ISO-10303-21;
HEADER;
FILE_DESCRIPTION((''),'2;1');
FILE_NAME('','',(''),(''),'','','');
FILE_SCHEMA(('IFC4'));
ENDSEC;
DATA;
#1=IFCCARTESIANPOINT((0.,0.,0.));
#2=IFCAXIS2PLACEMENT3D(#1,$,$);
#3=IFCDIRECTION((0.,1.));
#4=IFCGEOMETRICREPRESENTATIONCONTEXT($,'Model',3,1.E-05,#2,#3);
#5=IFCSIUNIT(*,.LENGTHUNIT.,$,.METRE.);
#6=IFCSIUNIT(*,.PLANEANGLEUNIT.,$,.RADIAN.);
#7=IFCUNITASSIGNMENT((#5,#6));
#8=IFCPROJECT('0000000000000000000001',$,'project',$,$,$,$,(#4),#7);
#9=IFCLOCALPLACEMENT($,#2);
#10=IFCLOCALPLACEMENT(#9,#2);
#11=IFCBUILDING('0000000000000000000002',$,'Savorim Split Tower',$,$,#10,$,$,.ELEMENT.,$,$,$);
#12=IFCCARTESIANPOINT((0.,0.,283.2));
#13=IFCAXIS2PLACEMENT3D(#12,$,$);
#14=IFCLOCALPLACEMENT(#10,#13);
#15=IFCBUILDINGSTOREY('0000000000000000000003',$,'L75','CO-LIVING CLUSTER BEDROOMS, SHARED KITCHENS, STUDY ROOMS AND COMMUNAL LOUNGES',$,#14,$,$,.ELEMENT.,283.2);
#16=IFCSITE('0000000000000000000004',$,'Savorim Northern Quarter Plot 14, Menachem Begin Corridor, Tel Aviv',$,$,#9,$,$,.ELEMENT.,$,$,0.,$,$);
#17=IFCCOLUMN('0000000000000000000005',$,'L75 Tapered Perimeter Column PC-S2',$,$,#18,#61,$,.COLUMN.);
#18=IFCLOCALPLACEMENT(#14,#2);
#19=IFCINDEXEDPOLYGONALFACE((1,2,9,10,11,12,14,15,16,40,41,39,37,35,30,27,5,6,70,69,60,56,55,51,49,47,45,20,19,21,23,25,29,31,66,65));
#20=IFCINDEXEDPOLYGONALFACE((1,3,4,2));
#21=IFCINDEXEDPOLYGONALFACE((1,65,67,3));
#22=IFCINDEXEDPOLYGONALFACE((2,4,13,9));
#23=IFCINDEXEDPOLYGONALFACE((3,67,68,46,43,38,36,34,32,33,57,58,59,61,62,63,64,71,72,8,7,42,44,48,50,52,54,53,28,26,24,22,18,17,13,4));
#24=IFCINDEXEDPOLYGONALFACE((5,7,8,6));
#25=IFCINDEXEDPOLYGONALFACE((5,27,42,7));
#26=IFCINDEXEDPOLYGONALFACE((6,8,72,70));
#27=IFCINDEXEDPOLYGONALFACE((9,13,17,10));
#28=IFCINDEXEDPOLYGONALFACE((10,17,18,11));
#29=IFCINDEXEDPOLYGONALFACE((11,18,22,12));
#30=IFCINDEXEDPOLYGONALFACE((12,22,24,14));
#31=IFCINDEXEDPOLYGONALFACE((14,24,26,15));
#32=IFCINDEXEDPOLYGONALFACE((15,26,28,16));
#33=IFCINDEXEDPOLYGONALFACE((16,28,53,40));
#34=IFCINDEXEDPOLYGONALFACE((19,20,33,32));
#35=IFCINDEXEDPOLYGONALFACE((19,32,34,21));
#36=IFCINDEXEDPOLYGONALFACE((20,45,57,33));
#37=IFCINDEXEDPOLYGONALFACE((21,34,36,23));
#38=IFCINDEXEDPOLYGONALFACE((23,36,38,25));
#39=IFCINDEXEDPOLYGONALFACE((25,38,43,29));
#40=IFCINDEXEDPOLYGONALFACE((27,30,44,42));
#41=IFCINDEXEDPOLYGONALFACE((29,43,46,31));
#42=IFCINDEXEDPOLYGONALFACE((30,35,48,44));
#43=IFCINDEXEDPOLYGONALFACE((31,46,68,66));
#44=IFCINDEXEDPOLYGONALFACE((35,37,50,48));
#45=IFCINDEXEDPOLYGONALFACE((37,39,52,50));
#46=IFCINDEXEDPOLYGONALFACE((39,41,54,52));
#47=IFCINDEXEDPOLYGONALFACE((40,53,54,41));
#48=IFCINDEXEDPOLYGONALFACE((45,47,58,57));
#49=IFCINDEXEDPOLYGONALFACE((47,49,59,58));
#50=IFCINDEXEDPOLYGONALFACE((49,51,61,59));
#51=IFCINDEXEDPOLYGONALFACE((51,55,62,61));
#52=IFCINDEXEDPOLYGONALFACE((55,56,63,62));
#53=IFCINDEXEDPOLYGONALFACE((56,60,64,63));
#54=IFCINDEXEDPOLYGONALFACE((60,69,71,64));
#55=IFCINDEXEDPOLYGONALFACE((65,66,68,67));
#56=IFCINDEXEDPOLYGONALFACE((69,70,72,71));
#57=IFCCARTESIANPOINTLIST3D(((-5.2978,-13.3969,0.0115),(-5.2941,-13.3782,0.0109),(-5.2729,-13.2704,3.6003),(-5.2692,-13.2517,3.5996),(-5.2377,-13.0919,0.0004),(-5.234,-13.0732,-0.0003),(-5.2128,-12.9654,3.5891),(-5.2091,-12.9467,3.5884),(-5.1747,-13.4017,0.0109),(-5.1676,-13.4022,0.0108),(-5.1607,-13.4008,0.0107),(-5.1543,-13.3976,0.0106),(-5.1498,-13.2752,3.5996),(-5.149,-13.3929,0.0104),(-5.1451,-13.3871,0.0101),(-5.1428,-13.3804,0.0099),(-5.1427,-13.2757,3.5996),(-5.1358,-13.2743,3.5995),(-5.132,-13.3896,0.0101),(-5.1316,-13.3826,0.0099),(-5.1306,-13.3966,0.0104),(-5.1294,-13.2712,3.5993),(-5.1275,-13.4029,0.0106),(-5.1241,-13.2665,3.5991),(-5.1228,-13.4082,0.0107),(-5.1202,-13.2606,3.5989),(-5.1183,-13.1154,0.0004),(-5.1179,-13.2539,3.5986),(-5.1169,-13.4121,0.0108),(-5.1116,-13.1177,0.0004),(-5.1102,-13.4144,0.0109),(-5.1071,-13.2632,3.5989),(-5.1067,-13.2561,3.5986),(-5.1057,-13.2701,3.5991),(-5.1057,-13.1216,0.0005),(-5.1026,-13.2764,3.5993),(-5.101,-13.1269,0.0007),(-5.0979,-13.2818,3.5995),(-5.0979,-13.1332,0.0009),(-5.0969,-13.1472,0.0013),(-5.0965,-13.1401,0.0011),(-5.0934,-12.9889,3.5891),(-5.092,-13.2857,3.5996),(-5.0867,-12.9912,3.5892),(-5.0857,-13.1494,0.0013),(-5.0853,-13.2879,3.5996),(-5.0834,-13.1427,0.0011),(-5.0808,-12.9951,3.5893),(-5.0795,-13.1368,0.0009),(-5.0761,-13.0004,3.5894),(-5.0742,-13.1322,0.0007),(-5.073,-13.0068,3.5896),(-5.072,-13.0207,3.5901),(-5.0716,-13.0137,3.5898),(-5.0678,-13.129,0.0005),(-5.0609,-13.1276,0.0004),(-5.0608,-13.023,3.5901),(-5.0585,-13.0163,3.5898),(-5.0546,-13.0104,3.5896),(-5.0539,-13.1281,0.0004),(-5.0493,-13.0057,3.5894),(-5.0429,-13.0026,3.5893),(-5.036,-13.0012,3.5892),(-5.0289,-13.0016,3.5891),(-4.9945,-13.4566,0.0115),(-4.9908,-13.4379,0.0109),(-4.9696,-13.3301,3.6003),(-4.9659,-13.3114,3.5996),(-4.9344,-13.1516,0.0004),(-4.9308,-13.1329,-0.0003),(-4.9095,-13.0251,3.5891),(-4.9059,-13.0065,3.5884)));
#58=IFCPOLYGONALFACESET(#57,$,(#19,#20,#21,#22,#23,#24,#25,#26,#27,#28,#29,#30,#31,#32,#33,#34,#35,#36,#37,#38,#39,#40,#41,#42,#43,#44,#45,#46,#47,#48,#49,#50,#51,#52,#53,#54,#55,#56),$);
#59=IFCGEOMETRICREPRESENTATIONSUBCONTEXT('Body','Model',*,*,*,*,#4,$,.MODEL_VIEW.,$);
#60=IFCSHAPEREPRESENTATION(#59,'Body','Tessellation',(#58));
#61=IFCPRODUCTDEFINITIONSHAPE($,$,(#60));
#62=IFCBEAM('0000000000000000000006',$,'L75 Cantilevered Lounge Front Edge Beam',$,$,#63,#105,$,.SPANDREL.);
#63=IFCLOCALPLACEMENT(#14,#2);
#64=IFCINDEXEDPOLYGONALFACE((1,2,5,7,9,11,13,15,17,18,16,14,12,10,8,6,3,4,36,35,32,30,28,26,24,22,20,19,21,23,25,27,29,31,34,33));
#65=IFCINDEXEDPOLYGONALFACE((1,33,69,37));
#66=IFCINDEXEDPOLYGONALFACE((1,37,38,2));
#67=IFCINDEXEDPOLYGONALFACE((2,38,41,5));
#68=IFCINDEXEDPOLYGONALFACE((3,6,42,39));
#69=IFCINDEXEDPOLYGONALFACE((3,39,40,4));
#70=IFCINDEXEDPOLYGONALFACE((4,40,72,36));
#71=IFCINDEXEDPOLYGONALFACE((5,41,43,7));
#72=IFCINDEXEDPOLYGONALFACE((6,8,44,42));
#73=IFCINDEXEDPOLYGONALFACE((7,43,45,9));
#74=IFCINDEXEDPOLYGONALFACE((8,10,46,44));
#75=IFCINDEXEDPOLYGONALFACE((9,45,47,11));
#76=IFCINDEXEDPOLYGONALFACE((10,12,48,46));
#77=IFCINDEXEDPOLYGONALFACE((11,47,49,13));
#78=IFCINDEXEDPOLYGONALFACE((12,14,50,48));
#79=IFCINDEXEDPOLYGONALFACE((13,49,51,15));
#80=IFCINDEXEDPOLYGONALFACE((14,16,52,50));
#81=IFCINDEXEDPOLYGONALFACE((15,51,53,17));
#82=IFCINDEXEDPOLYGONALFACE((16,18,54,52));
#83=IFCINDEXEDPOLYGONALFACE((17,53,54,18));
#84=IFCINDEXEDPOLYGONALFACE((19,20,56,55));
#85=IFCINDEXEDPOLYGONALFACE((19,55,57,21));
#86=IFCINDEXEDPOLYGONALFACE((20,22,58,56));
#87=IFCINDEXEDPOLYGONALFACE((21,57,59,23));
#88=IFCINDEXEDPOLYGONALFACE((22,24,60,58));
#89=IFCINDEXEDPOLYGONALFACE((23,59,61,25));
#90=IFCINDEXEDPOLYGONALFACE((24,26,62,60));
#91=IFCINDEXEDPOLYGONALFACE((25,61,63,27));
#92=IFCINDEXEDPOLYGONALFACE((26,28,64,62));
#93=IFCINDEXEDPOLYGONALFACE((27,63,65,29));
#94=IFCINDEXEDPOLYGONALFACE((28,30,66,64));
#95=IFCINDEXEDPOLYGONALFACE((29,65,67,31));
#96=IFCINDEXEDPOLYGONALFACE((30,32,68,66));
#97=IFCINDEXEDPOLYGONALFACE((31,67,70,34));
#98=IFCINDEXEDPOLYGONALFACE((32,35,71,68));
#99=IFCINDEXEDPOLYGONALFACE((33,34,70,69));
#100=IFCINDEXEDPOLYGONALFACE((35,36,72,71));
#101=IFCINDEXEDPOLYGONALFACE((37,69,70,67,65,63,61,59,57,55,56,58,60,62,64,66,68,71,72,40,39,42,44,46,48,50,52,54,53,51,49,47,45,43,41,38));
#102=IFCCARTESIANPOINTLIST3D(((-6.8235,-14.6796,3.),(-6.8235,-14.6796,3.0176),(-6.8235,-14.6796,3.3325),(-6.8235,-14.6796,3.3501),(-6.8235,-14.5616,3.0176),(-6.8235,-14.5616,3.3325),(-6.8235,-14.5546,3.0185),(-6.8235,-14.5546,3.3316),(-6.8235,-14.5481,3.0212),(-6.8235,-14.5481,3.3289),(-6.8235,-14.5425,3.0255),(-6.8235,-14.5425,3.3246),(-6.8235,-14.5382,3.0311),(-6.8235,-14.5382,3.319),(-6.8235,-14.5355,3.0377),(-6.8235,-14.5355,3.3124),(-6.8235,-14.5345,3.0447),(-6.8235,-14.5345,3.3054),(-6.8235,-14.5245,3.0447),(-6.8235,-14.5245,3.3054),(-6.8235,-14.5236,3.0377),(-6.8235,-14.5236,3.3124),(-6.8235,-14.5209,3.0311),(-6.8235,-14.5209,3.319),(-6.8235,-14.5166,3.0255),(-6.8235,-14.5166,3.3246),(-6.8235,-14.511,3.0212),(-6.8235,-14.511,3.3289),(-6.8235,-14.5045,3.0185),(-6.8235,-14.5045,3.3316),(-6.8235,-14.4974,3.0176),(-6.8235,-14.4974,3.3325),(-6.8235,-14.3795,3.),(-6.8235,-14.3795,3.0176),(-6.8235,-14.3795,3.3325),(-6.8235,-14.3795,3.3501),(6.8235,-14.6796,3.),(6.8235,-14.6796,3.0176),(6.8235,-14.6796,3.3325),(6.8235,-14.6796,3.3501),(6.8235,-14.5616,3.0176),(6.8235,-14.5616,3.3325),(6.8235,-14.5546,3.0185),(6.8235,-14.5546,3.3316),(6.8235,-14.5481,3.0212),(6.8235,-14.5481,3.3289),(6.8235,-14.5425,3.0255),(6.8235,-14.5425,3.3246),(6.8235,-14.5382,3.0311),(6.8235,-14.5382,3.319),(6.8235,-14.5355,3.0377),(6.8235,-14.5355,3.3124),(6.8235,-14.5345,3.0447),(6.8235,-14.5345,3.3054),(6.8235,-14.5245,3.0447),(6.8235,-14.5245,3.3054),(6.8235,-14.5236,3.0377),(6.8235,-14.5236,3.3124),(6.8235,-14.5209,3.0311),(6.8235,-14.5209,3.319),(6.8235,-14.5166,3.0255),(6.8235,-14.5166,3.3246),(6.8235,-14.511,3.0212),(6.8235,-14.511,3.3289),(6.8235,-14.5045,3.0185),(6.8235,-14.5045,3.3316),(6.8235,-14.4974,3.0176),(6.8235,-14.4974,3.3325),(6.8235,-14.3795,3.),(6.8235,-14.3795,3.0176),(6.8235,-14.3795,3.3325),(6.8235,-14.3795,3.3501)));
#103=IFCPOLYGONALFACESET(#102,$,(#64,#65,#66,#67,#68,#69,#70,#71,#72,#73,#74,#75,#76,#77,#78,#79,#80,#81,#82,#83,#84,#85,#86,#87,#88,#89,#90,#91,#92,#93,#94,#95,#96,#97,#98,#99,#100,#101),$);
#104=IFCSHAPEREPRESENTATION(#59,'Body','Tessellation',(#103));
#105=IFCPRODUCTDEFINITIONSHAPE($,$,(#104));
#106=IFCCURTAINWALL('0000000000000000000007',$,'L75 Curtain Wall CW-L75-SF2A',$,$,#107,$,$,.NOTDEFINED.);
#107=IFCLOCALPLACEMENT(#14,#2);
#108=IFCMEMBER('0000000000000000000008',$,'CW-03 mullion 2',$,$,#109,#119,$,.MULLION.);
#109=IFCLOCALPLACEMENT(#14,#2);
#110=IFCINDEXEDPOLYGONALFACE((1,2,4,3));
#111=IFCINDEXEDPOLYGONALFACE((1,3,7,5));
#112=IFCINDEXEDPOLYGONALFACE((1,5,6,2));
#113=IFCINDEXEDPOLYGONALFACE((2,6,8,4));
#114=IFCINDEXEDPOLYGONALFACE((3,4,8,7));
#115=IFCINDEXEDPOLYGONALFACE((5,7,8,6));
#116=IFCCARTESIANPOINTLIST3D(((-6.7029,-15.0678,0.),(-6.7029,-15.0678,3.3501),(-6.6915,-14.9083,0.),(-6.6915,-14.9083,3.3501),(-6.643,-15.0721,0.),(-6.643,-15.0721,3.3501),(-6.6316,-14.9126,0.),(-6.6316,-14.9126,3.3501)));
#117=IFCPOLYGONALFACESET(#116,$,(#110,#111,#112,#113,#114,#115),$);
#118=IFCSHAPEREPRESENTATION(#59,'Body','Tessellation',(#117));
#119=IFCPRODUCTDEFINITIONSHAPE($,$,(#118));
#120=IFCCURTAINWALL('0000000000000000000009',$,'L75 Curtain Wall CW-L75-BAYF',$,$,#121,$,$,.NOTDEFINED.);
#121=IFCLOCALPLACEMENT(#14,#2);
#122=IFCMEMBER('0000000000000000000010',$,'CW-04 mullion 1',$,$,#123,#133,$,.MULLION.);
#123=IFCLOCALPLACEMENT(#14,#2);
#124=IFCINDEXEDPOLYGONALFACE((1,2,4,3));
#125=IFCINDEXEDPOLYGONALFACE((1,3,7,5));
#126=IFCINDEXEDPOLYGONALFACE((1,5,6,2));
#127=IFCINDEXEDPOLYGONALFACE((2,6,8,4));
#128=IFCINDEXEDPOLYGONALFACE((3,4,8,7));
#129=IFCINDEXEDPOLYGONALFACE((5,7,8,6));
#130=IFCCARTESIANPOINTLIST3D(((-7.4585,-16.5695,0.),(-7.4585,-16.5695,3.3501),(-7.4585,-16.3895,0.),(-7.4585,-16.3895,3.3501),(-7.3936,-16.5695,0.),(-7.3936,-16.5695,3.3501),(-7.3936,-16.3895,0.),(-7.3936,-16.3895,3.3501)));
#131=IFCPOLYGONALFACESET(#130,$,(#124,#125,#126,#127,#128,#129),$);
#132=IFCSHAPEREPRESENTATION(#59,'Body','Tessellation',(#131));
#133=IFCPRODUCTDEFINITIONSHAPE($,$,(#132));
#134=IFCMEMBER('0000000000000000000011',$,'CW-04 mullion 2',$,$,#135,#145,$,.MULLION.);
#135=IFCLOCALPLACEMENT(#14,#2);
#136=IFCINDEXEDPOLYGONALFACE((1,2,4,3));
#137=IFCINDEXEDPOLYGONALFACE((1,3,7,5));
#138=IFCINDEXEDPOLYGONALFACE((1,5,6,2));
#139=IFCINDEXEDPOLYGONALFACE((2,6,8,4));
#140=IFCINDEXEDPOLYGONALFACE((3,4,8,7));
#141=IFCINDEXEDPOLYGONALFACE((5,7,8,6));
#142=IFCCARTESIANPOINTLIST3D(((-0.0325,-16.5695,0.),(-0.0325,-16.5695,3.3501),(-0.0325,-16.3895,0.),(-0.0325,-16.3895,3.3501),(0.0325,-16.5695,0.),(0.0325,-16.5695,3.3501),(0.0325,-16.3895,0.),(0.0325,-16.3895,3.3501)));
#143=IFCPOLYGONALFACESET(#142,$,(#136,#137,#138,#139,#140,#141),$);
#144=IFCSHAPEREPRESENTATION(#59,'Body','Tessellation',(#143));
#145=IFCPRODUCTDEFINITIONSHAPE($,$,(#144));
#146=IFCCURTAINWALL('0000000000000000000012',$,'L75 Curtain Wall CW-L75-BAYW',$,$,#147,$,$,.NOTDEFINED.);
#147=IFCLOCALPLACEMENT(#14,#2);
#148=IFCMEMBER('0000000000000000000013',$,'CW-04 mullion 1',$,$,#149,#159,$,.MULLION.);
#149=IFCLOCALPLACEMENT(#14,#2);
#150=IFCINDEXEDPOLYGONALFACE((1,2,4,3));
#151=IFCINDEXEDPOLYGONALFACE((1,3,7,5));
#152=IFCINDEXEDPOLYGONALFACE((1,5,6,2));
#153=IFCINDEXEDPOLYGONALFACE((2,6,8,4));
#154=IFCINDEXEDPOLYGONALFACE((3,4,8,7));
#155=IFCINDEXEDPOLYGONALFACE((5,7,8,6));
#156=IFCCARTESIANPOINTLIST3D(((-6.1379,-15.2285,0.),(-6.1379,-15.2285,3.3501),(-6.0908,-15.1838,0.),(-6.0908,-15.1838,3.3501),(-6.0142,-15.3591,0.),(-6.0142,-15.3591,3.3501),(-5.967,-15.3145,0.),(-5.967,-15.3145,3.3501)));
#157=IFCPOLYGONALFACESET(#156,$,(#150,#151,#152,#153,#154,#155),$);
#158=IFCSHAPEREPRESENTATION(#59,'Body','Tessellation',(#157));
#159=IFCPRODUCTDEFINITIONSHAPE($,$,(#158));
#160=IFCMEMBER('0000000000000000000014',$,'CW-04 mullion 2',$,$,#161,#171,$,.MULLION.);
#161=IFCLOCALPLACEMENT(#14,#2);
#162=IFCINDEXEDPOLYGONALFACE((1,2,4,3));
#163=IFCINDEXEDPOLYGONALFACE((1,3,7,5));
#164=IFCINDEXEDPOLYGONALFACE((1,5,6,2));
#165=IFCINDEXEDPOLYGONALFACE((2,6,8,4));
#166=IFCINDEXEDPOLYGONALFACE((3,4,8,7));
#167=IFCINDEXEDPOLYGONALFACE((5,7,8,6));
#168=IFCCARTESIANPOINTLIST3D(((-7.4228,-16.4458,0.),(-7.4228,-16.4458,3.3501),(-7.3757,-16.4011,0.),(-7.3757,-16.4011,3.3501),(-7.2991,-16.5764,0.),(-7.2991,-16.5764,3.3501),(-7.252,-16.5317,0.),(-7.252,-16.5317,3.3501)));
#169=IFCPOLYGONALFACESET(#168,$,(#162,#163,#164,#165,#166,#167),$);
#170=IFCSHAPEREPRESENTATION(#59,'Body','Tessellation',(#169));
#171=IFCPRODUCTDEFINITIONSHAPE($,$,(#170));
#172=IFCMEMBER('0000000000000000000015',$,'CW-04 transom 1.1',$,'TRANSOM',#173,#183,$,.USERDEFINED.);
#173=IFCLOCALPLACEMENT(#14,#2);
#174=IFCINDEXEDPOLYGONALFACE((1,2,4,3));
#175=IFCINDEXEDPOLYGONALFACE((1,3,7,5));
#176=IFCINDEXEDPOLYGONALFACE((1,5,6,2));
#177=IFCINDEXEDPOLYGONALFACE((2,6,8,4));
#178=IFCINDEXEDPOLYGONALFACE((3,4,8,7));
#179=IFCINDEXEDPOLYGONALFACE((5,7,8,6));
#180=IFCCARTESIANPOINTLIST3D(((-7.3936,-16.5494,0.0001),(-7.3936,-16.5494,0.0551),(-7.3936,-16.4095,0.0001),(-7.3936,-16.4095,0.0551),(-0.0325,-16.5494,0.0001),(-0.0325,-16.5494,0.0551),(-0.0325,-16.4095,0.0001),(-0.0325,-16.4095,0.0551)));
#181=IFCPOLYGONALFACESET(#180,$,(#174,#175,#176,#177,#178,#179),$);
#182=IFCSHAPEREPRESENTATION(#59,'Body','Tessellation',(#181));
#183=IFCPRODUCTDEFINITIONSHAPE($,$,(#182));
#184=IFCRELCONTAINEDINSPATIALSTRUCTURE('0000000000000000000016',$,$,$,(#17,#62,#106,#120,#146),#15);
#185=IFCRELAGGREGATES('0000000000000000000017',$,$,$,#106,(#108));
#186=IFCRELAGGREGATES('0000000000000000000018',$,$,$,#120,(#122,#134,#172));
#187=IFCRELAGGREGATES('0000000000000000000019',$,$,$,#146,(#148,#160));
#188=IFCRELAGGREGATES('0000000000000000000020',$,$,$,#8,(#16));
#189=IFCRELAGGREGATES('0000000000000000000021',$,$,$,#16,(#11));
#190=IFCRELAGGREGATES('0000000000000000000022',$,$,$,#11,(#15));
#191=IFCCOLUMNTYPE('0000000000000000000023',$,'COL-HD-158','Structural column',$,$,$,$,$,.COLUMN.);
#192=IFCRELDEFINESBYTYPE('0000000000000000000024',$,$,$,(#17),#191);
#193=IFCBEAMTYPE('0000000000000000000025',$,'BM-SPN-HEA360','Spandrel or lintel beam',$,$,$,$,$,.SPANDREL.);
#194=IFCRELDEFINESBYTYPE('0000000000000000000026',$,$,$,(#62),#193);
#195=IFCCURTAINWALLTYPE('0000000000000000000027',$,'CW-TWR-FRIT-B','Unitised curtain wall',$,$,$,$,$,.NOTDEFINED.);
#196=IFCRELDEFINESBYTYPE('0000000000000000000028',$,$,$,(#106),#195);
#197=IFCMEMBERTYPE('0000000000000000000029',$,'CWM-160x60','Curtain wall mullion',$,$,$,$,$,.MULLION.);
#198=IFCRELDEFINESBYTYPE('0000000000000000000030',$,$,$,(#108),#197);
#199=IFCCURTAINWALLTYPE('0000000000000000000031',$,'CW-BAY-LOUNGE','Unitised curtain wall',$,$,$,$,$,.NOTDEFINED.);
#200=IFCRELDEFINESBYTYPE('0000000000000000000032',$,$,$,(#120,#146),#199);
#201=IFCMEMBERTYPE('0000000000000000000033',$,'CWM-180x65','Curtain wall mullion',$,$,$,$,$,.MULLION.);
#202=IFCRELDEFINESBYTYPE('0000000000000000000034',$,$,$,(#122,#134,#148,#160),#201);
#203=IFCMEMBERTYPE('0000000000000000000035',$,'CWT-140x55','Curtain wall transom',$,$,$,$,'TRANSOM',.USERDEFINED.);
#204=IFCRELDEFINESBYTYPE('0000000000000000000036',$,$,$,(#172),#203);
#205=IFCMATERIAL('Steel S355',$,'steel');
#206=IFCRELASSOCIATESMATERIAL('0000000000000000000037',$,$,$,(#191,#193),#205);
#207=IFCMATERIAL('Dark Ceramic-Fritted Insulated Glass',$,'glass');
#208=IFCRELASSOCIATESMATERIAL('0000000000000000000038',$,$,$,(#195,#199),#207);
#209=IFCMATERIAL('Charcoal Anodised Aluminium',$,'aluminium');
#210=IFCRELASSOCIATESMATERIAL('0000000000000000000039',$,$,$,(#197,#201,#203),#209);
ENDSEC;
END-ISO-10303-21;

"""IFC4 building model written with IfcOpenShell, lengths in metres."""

from ifc_helpers import new_model, si_unit, direction, frame, origin, origin_2d, place, context, subcontext, project, spatial, rectangle, i_section, extrude, material, material_profile, profile_set, type_object, element, aggregate, save


model = new_model("IFC4")

# Units and contexts
model_context = context("Model", 3, precision=1e-05, world=origin(), true_north=direction((0.0, 1.0)))
body_context = subcontext(model_context, "Body", "Model", "MODEL_VIEW")
ifc_project = project(units=[si_unit("LENGTHUNIT", "METRE"), si_unit("PLANEANGLEUNIT", "RADIAN")], contexts=[model_context])

# Site, building, storey
site_placement = place(None, origin())
site = spatial("IfcSite", under=ifc_project, at=site_placement, Name="Savorim Northern Quarter Plot 14, Menachem Begin Corridor, Tel Aviv", CompositionType="ELEMENT", RefElevation=0.0)
building_placement = place(site_placement, origin())
building = spatial("IfcBuilding", under=site, at=building_placement, Name="Savorim Split Tower", CompositionType="ELEMENT")
storey_placement = place(building_placement, frame((0.0, 0.0, 283.2)))
storey = spatial("IfcBuildingStorey", under=building, at=storey_placement, Name="L75", Description="CO-LIVING CLUSTER BEDROOMS, SHARED KITCHENS, STUDY ROOMS AND COMMUNAL LOUNGES", CompositionType="ELEMENT", Elevation=283.2)

# Column
ifc_material_1 = material(Name="Steel S355", Category="steel")
ifc_material_profile_1 = material_profile(ifc_material_1, i_section(OverallWidth=0.3091, OverallDepth=0.3301, WebThickness=0.0115, FlangeThickness=0.019, FilletRadius=0.0271, at=origin_2d()), Name="HD 320x158")
ifc_profile_set_1 = profile_set([ifc_material_profile_1], Name="Steel S355")
column_type = type_object("IfcColumnType", Name="COL-HD-158", Description="Structural column", PredefinedType="COLUMN", material=ifc_profile_set_1)
column_placement = place(storey_placement, frame((-5.1143, -13.2649, 0.0056), z_axis=(0.006934, 0.035215, 0.999356), x_axis=(-0.981159, 0.193201, 0.0)))
element("IfcColumn", 1, at=column_placement, inside=storey, type_object=column_type, Name="L75 Tapered Perimeter Column PC-S2", PredefinedType="COLUMN", context=body_context, shape_type="SweptSolid", body=[
    extrude(i_section(OverallWidth=0.3091, OverallDepth=0.3301, WebThickness=0.0115, FlangeThickness=0.019, FilletRadius=0.0271, at=origin_2d()), origin(), (0.0, 0.0, 1.0), 3.5911),
])

# Beam
ifc_material_profile_2 = material_profile(ifc_material_1, i_section(OverallWidth=0.3, OverallDepth=0.3501, WebThickness=0.01, FlangeThickness=0.0176, FilletRadius=0.0271, at=origin_2d()), Name="HEA 360")
ifc_profile_set_2 = profile_set([ifc_material_profile_2], Name="Steel S355")
beam_type = type_object("IfcBeamType", Name="BM-SPN-HEA360", Description="Spandrel or lintel beam", PredefinedType="SPANDREL", material=ifc_profile_set_2)
beam_placement = place(storey_placement, frame((-6.8235, -14.5295, 3.175), z_axis=(1.0, 0.0, 0.0), x_axis=(0.0, 1.0, 0.0)))
element("IfcBeam", 2, at=beam_placement, inside=storey, type_object=beam_type, Name="L75 Cantilevered Lounge Front Edge Beam", PredefinedType="SPANDREL", context=body_context, shape_type="SweptSolid", body=[
    extrude(i_section(OverallWidth=0.3, OverallDepth=0.3501, WebThickness=0.01, FlangeThickness=0.0176, FilletRadius=0.0271, at=origin_2d()), origin(), (0.0, 0.0, 1.0), 13.647),
])

# Curtain wall, member
ifc_material_2 = material(Name="Dark Ceramic-Fritted Insulated Glass", Category="glass")
curtain_wall_type_1 = type_object("IfcCurtainWallType", Name="CW-TWR-FRIT-B", Description="Unitised curtain wall", PredefinedType="NOTDEFINED", material=ifc_material_2)
curtain_wall_1_placement = place(storey_placement, origin())
curtain_wall_1 = element("IfcCurtainWall", 3, at=curtain_wall_1_placement, inside=storey, type_object=curtain_wall_type_1, Name="L75 Curtain Wall CW-L75-SF2A", PredefinedType="NOTDEFINED")
ifc_material_3 = material(Name="Charcoal Anodised Aluminium", Category="aluminium")
ifc_material_profile_3 = material_profile(ifc_material_3, rectangle(XDim=0.1599, YDim=0.0601, at=origin_2d()), Name="ALU-M 160x60")
ifc_profile_set_3 = profile_set([ifc_material_profile_3], Name="Charcoal Anodised Aluminium")
member_type_1 = type_object("IfcMemberType", Name="CWM-160x60", Description="Curtain wall mullion", PredefinedType="MULLION", material=ifc_profile_set_3)
member_1_placement = place(storey_placement, frame((-6.6672, -14.9902, 0.0), z_axis=(0.0, 0.0, 1.0), x_axis=(0.07155, 0.997437, 0.0)))
member_1 = element("IfcMember", 4, at=member_1_placement, type_object=member_type_1, Name="CW-03 mullion 2", PredefinedType="MULLION", context=body_context, shape_type="SweptSolid", body=[
    extrude(rectangle(XDim=0.1599, YDim=0.0601, at=origin_2d()), origin(), (0.0, 0.0, 1.0), 3.3501),
])
aggregate(curtain_wall_1, [member_1])

# Curtain walls, members
curtain_wall_type_2 = type_object("IfcCurtainWallType", Name="CW-BAY-LOUNGE", Description="Unitised curtain wall", PredefinedType="NOTDEFINED", material=ifc_material_2)
curtain_wall_2_placement = place(storey_placement, origin())
curtain_wall_2 = element("IfcCurtainWall", 5, at=curtain_wall_2_placement, inside=storey, type_object=curtain_wall_type_2, Name="L75 Curtain Wall CW-L75-BAYF", PredefinedType="NOTDEFINED")
ifc_material_profile_4 = material_profile(ifc_material_3, rectangle(XDim=0.1799, YDim=0.0649, at=origin_2d()), Name="ALU-M 180x65")
ifc_profile_set_4 = profile_set([ifc_material_profile_4], Name="Charcoal Anodised Aluminium")
member_type_2 = type_object("IfcMemberType", Name="CWM-180x65", Description="Curtain wall mullion", PredefinedType="MULLION", material=ifc_profile_set_4)
member_2_placement = place(storey_placement, frame((-7.426, -16.4795, 0.0), z_axis=(0.0, 0.0, 1.0), x_axis=(0.0, 1.0, 0.0)))
member_2 = element("IfcMember", 6, at=member_2_placement, type_object=member_type_2, Name="CW-04 mullion 1", PredefinedType="MULLION", context=body_context, shape_type="SweptSolid", body=[
    extrude(rectangle(XDim=0.1799, YDim=0.0649, at=origin_2d()), origin(), (0.0, 0.0, 1.0), 3.3501),
])
member_3_placement = place(storey_placement, frame((0.0, -16.4795, 0.0), z_axis=(0.0, 0.0, 1.0), x_axis=(0.0, 1.0, 0.0)))
member_3 = element("IfcMember", 7, at=member_3_placement, type_object=member_type_2, Name="CW-04 mullion 2", PredefinedType="MULLION", context=body_context, shape_type="SweptSolid", body=[
    extrude(rectangle(XDim=0.1799, YDim=0.0649, at=origin_2d()), origin(), (0.0, 0.0, 1.0), 3.3501),
])
curtain_wall_3_placement = place(storey_placement, origin())
curtain_wall_3 = element("IfcCurtainWall", 8, at=curtain_wall_3_placement, inside=storey, type_object=curtain_wall_type_2, Name="L75 Curtain Wall CW-L75-BAYW", PredefinedType="NOTDEFINED")
member_4_placement = place(storey_placement, frame((-6.0525, -15.2715, 0.0), z_axis=(0.0, 0.0, 1.0), x_axis=(0.687748, -0.72595, 0.0)))
member_4 = element("IfcMember", 9, at=member_4_placement, type_object=member_type_2, Name="CW-04 mullion 1", PredefinedType="MULLION", context=body_context, shape_type="SweptSolid", body=[
    extrude(rectangle(XDim=0.1799, YDim=0.0649, at=origin_2d()), origin(), (0.0, 0.0, 1.0), 3.3501),
])
member_5_placement = place(storey_placement, frame((-7.3374, -16.4888, 0.0), z_axis=(0.0, 0.0, 1.0), x_axis=(0.687748, -0.72595, 0.0)))
member_5 = element("IfcMember", 10, at=member_5_placement, type_object=member_type_2, Name="CW-04 mullion 2", PredefinedType="MULLION", context=body_context, shape_type="SweptSolid", body=[
    extrude(rectangle(XDim=0.1799, YDim=0.0649, at=origin_2d()), origin(), (0.0, 0.0, 1.0), 3.3501),
])

# Member
ifc_material_profile_5 = material_profile(ifc_material_3, rectangle(XDim=0.1399, YDim=0.0549, at=origin_2d()), Name="ALU-T 140x55")
ifc_profile_set_5 = profile_set([ifc_material_profile_5], Name="Charcoal Anodised Aluminium")
member_type_3 = type_object("IfcMemberType", Name="CWT-140x55", Description="Curtain wall transom", ElementType="TRANSOM", PredefinedType="USERDEFINED", material=ifc_profile_set_5)
member_6_placement = place(storey_placement, frame((-7.3936, -16.4795, 0.0276), z_axis=(1.0, 0.0, 0.0), x_axis=(0.0, 1.0, 0.0)))
member_6 = element("IfcMember", 11, at=member_6_placement, type_object=member_type_3, Name="CW-04 transom 1.1", ObjectType="TRANSOM", PredefinedType="USERDEFINED", context=body_context, shape_type="SweptSolid", body=[
    extrude(rectangle(XDim=0.1399, YDim=0.0549, at=origin_2d()), origin(), (0.0, 0.0, 1.0), 7.3611),
])

aggregate(curtain_wall_2, [member_2, member_3, member_6])
aggregate(curtain_wall_3, [member_4, member_5])

save(model, "model.ifc")
